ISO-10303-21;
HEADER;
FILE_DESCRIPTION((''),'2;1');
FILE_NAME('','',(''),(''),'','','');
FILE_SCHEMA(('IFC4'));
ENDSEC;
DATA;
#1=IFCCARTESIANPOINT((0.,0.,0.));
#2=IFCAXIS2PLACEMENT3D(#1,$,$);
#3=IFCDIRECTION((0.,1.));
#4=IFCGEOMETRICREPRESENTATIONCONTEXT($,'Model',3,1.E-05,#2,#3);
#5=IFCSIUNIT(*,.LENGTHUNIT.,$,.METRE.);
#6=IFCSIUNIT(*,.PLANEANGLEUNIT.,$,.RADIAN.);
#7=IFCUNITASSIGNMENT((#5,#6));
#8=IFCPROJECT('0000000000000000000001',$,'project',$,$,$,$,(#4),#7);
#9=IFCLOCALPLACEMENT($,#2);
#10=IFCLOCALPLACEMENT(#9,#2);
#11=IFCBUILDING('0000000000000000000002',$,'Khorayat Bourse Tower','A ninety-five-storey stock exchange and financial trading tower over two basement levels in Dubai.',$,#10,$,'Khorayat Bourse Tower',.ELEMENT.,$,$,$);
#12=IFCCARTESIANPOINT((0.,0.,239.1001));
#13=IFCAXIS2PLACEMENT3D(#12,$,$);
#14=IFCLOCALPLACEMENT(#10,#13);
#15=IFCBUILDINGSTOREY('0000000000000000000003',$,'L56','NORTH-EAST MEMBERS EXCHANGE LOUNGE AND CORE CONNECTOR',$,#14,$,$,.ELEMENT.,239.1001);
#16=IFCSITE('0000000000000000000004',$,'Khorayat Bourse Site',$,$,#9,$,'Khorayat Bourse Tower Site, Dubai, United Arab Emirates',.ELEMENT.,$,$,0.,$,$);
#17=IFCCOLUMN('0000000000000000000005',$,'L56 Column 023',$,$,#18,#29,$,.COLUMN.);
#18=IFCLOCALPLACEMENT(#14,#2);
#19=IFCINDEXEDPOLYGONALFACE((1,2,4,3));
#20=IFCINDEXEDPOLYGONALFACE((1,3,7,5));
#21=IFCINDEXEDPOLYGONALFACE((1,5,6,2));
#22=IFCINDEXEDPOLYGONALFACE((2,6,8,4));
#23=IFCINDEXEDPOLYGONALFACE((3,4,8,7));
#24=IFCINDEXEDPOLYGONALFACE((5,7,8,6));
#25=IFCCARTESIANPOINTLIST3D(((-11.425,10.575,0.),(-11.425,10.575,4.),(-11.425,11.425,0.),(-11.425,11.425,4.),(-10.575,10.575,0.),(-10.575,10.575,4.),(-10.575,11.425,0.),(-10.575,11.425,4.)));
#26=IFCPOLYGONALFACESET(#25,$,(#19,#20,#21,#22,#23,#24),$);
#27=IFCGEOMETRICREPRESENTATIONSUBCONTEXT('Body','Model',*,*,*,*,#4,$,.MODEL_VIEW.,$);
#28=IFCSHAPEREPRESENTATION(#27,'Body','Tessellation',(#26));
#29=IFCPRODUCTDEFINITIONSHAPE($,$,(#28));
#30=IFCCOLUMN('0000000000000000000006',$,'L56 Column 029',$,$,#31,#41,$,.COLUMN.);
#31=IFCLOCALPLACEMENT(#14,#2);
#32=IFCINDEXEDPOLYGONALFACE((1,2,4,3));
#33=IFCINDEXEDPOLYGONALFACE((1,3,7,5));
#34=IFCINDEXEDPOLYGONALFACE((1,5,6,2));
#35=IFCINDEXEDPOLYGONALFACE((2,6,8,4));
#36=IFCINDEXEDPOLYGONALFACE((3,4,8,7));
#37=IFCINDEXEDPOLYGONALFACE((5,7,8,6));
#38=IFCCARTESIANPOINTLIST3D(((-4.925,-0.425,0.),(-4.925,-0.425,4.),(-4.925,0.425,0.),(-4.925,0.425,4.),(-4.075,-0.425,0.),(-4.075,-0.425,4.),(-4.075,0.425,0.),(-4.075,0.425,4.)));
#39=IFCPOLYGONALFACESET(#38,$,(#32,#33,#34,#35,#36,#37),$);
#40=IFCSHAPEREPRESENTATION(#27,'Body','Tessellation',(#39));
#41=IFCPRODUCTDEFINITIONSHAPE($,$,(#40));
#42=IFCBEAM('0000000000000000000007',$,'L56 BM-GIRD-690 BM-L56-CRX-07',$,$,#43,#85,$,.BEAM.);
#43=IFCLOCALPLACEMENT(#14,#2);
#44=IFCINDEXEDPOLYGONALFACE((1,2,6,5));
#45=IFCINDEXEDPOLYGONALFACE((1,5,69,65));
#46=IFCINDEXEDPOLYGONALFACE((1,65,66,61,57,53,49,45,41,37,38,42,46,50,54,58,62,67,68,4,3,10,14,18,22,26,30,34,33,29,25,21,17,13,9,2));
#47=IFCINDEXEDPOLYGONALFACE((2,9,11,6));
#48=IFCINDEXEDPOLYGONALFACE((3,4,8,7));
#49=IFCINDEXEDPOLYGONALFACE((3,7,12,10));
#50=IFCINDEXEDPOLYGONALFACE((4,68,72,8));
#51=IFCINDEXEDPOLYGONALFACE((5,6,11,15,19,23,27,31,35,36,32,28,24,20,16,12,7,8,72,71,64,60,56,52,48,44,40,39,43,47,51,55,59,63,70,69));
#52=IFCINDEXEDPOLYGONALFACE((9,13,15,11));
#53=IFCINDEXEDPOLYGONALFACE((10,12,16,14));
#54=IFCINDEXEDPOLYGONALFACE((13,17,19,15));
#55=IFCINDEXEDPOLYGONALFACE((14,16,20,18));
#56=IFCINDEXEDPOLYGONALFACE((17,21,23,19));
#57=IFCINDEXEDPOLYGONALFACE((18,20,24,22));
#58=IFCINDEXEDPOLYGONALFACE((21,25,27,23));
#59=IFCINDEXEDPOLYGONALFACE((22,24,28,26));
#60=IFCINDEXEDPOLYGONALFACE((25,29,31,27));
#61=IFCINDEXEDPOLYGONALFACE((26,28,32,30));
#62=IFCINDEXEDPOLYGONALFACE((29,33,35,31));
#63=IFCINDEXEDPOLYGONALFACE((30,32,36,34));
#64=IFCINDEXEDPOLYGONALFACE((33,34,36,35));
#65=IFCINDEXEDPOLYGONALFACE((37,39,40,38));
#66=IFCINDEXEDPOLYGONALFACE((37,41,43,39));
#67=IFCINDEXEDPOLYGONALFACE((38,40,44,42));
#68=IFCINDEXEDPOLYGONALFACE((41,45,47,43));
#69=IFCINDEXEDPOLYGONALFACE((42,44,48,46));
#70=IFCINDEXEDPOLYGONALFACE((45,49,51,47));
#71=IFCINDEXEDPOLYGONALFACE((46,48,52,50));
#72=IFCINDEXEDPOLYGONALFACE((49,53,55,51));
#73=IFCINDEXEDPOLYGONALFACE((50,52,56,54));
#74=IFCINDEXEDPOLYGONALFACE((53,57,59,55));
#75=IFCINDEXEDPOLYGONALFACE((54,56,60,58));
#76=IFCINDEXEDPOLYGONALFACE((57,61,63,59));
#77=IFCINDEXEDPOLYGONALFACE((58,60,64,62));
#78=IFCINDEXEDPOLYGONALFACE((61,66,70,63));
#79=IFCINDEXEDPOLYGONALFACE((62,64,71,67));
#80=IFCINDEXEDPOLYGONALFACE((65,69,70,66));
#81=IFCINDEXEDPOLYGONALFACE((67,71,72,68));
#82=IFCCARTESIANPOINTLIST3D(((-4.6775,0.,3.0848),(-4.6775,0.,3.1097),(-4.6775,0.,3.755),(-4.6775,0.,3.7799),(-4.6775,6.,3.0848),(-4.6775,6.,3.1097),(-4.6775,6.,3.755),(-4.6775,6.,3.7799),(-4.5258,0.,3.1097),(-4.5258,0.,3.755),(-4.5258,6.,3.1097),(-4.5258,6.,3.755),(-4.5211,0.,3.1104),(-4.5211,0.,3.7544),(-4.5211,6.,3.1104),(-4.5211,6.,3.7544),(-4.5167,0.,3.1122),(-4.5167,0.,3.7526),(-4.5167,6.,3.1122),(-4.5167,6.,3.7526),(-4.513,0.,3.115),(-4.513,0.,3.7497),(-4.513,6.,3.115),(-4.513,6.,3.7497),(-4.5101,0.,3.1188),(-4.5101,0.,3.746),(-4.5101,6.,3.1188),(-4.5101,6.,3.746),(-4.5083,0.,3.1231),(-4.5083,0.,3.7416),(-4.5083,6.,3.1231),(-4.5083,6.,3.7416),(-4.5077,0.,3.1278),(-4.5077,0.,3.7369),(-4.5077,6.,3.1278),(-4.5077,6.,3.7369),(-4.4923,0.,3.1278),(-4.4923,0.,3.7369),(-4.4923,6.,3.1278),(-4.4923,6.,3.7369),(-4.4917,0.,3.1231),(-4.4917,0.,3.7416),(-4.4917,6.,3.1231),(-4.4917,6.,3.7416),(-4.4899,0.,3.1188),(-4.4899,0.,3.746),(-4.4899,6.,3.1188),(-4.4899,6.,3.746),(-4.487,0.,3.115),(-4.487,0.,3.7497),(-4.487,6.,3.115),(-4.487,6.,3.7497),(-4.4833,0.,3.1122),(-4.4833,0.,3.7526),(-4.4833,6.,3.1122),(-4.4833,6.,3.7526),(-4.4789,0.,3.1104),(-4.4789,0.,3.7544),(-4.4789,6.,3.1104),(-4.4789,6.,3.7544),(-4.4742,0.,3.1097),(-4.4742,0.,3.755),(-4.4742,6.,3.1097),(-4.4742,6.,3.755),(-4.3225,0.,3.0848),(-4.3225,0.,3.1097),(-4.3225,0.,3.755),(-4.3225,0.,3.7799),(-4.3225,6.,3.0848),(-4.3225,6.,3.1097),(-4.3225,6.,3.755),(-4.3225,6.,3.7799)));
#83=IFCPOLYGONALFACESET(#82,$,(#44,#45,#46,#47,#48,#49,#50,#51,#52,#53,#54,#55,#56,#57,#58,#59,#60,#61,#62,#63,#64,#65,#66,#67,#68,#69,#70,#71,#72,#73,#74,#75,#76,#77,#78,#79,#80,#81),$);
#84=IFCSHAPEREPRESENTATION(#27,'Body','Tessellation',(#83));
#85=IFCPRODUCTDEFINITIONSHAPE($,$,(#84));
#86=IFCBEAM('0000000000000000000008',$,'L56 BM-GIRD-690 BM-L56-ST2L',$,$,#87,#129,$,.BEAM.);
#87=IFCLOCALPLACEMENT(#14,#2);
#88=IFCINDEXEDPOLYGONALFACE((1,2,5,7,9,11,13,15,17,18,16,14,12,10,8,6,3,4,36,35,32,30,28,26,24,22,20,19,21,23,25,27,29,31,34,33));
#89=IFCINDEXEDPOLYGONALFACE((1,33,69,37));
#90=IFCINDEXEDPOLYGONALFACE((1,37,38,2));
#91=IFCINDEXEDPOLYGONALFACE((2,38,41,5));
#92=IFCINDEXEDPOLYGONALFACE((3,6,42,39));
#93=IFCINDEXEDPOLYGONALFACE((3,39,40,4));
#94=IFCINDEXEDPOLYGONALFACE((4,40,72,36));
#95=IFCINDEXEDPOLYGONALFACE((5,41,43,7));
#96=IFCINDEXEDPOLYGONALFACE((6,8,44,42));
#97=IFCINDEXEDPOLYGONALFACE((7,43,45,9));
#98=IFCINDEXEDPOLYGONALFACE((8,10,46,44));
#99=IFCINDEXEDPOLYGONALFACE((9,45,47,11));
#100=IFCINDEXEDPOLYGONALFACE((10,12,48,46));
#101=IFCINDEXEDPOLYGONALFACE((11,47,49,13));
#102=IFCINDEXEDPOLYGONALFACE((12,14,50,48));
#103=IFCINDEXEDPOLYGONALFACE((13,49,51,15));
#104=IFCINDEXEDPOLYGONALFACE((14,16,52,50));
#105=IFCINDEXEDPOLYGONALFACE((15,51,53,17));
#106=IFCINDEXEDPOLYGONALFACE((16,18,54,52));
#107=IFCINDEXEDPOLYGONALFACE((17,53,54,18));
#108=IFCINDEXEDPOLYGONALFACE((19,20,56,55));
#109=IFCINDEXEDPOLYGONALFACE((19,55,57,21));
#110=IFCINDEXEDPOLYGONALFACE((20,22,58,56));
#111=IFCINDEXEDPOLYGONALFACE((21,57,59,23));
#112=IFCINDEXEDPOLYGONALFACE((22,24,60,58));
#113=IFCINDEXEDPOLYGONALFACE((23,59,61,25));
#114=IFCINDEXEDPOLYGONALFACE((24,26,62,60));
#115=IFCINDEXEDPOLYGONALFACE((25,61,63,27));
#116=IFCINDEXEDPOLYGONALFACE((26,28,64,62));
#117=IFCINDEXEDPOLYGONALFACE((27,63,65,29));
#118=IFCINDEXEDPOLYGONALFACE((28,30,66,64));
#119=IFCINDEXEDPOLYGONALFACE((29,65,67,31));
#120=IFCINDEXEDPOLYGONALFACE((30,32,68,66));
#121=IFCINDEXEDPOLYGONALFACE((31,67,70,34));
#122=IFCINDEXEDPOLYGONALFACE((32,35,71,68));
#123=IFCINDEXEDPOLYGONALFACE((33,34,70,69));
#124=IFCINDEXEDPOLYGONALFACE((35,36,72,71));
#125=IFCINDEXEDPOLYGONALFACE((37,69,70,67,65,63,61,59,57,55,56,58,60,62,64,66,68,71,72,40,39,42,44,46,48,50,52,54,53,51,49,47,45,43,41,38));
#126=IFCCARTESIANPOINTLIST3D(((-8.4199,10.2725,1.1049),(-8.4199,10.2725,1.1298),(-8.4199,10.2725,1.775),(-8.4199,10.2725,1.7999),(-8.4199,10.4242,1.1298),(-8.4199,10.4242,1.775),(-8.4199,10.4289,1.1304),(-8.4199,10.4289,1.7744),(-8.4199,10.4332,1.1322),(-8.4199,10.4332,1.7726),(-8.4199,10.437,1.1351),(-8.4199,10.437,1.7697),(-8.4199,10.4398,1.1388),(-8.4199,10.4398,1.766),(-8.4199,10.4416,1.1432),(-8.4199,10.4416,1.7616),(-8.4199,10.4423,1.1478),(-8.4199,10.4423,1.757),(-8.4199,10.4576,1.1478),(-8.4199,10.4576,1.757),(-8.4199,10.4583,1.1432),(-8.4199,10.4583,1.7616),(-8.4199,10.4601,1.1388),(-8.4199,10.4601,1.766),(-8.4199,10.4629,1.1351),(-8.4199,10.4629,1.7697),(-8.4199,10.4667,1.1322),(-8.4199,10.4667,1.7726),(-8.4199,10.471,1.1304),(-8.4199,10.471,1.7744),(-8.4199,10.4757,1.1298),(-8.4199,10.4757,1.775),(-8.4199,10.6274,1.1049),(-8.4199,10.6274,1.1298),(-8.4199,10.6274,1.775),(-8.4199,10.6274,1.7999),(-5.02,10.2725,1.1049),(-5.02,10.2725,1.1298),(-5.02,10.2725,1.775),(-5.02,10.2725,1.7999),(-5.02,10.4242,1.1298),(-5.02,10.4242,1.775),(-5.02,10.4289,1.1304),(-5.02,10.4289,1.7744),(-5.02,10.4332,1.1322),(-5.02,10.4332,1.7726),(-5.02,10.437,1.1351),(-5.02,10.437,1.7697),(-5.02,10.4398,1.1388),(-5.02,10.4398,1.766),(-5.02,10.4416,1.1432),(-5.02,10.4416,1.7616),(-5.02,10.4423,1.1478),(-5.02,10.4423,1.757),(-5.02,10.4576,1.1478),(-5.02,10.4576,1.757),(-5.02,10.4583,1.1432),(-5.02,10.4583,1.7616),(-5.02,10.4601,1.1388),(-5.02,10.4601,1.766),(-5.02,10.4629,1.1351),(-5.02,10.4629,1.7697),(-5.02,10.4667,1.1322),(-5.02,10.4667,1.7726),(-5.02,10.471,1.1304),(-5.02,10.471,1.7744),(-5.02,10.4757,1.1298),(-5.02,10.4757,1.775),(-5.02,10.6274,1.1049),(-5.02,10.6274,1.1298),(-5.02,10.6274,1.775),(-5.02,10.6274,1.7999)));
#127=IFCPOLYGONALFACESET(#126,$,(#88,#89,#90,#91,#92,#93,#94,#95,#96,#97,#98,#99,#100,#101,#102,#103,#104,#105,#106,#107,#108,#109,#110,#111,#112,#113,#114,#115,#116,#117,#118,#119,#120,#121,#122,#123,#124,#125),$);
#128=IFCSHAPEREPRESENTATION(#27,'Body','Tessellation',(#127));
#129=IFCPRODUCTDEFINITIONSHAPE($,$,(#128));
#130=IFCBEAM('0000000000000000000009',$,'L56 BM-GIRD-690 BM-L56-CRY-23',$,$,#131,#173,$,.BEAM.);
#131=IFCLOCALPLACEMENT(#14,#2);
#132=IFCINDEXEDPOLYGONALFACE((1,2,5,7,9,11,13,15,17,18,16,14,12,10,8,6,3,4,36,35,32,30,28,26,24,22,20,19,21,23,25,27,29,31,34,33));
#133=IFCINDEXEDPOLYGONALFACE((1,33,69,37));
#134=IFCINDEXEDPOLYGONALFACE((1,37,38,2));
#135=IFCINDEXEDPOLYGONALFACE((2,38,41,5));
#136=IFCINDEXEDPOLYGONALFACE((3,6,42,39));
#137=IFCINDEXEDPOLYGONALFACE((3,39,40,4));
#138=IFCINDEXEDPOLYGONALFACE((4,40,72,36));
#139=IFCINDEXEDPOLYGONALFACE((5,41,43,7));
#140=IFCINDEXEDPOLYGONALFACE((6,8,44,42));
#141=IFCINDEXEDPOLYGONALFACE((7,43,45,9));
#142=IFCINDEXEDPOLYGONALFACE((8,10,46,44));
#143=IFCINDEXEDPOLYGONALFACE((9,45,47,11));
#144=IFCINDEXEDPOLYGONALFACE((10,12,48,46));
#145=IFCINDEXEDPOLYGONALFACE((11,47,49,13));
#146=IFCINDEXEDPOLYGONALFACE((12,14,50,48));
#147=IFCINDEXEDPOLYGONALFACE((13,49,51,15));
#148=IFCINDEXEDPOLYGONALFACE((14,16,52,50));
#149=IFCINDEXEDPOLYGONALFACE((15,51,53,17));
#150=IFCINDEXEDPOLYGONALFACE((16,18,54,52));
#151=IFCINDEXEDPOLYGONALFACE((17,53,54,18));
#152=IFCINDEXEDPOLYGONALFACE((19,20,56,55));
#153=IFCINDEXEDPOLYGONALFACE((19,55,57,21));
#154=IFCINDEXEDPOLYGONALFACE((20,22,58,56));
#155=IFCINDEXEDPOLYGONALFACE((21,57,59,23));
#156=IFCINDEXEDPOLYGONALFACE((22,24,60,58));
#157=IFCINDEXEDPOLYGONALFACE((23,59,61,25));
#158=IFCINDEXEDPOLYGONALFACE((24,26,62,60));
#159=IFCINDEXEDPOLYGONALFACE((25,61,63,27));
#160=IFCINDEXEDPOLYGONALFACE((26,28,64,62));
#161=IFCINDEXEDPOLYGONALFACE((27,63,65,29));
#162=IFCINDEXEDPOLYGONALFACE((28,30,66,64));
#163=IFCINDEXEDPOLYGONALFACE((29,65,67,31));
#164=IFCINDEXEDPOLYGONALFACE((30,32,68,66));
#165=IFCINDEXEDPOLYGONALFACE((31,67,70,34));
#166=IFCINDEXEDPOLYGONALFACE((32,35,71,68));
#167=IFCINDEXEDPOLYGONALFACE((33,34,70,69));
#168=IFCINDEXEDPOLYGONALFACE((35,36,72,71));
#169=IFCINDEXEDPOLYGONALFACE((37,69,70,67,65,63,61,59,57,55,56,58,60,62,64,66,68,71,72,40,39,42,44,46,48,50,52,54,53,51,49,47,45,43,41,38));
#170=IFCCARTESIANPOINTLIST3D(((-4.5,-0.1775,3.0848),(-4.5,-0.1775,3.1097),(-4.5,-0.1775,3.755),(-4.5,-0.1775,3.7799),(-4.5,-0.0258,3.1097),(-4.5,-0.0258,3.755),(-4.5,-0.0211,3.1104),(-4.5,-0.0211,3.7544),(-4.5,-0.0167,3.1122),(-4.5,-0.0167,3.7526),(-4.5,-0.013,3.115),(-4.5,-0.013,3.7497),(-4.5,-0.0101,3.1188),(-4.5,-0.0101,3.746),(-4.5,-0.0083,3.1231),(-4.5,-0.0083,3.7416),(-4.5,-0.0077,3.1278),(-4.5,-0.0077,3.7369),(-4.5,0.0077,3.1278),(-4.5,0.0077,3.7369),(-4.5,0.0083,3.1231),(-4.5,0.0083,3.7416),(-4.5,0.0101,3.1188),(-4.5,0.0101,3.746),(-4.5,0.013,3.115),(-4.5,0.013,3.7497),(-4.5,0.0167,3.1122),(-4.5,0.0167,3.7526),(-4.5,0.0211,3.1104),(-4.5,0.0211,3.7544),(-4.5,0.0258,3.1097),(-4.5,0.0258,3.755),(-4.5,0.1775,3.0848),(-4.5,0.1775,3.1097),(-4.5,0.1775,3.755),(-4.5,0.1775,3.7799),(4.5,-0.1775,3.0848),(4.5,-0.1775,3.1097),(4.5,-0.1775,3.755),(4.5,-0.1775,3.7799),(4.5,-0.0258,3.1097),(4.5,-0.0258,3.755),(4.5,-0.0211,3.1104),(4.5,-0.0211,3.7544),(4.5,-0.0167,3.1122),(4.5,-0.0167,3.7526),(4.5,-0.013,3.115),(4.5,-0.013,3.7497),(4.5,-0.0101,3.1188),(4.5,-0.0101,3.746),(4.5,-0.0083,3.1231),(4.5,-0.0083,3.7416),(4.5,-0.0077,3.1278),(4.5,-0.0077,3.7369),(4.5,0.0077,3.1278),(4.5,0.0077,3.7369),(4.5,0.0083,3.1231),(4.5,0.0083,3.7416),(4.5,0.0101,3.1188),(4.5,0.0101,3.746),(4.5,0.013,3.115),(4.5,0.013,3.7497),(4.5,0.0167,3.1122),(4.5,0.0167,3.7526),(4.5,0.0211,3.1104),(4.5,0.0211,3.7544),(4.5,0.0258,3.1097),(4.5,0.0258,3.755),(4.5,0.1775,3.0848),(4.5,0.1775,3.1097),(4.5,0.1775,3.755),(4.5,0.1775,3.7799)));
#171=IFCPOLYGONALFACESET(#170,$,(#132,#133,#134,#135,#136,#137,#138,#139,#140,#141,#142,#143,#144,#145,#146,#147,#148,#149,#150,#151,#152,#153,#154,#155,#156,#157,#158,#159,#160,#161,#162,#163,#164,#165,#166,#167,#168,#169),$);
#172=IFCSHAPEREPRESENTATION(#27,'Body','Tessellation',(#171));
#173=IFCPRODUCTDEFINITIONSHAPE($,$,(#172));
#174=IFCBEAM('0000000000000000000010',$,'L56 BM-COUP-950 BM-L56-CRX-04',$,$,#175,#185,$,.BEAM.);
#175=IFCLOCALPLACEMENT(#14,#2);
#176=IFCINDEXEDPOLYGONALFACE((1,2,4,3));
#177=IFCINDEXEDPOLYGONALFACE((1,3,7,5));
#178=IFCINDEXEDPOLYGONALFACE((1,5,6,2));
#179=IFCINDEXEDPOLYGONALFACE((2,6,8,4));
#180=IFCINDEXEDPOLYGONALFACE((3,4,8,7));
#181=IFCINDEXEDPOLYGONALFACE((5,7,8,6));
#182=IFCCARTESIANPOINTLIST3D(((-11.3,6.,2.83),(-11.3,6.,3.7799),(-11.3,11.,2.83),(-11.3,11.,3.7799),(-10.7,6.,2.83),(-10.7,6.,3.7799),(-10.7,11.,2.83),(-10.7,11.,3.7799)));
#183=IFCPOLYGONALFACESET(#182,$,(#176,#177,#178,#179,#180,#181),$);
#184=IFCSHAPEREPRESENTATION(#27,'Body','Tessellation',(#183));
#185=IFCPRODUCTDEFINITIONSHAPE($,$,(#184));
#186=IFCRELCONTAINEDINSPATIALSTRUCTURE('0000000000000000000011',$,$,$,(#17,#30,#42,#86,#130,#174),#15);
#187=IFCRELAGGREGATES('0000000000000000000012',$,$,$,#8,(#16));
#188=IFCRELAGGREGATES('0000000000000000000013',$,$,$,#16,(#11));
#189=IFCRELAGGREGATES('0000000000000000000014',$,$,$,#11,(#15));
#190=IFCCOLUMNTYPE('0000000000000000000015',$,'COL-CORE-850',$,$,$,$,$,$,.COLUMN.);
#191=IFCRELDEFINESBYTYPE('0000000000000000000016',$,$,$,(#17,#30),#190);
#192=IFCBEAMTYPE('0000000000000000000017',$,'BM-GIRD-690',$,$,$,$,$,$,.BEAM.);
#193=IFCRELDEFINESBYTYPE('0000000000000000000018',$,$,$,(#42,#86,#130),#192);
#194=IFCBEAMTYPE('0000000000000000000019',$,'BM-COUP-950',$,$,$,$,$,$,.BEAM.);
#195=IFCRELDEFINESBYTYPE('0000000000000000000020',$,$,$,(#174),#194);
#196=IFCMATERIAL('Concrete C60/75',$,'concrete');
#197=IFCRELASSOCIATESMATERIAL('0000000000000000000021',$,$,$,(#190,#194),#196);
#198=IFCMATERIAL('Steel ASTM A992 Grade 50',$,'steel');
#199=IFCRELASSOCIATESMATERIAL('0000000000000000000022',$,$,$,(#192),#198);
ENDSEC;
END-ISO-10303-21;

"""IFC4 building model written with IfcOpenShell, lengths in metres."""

from ifc_helpers import new_model, si_unit, direction, frame, origin, origin_2d, place, context, subcontext, project, spatial, rectangle, i_section, extrude, source, transform, mapped, material, material_profile, profile_set, type_object, element, save


model = new_model("IFC4")

# Units and contexts
model_context = context("Model", 3, precision=1e-05, world=origin(), true_north=direction((0.0, 1.0)))
body_context = subcontext(model_context, "Body", "Model", "MODEL_VIEW")
ifc_project = project(units=[si_unit("LENGTHUNIT", "METRE"), si_unit("PLANEANGLEUNIT", "RADIAN")], contexts=[model_context])

# Site, building, storey
site_placement = place(None, origin())
site = spatial("IfcSite", under=ifc_project, at=site_placement, Name="Khorayat Bourse Site", LongName="Khorayat Bourse Tower Site, Dubai, United Arab Emirates", CompositionType="ELEMENT", RefElevation=0.0)
building_placement = place(site_placement, origin())
building = spatial("IfcBuilding", under=site, at=building_placement, Name="Khorayat Bourse Tower", Description="A ninety-five-storey stock exchange and financial trading tower over two basement levels in Dubai.", LongName="Khorayat Bourse Tower", CompositionType="ELEMENT")
storey_placement = place(building_placement, frame((0.0, 0.0, 239.1001)))
storey = spatial("IfcBuildingStorey", under=building, at=storey_placement, Name="L56", Description="NORTH-EAST MEMBERS EXCHANGE LOUNGE AND CORE CONNECTOR", CompositionType="ELEMENT", Elevation=239.1001)

# Columns
ifc_material_1 = material(Name="Concrete C60/75", Category="concrete")
ifc_material_profile_1 = material_profile(ifc_material_1, rectangle(XDim=0.8501, YDim=0.8501, at=origin_2d()), Name="RC 850x850")
ifc_profile_set_1 = profile_set([ifc_material_profile_1], Name="Concrete C60/75")
column_type = type_object("IfcColumnType", Name="COL-CORE-850", PredefinedType="COLUMN", material=ifc_profile_set_1)
shared_shape_1 = source(origin(), body_context, "Body", "SweptSolid", [
    extrude(rectangle(XDim=0.8501, YDim=0.8501, at=origin_2d()), origin(), (0.0, 0.0, 1.0), 4.0),
])
for number, where, z_axis, x_axis, name in (
    (1, (-11.0, 11.0, 0.0), (0.0, 0.0, 1.0), (1.0, 0.0, 0.0), "L56 Column 023"),
    (2, (-4.5, 0.0, 0.0), (0.0, 0.0, 1.0), (1.0, 0.0, 0.0), "L56 Column 029"),
):
    element("IfcColumn", number, at=place(storey_placement, frame(where, z_axis=z_axis, x_axis=x_axis)), inside=storey, type_object=column_type, Name=name, PredefinedType="COLUMN", context=body_context, shape_type="MappedRepresentation", body=[
        mapped(shared_shape_1, transform((0.0, 0.0, 0.0), scale=1.0)),
    ])

# Beams
ifc_material_2 = material(Name="Steel ASTM A992 Grade 50", Category="steel")
ifc_material_profile_2 = material_profile(ifc_material_2, i_section(OverallWidth=0.355, OverallDepth=0.6951, WebThickness=0.0154, FlangeThickness=0.0249, FilletRadius=0.0181, at=origin_2d()), Name="W690X217")
ifc_profile_set_2 = profile_set([ifc_material_profile_2], Name="Steel ASTM A992 Grade 50")
beam_type_1 = type_object("IfcBeamType", Name="BM-GIRD-690", PredefinedType="BEAM", material=ifc_profile_set_2)
shared_shape_2 = source(origin(), body_context, "Body", "SweptSolid", [
    extrude(i_section(OverallWidth=0.355, OverallDepth=0.6951, WebThickness=0.0154, FlangeThickness=0.0249, FilletRadius=0.0181, at=origin_2d()), origin(), (0.0, 0.0, 1.0), 6.0),
])
beam_1_placement = place(storey_placement, frame((-4.5, 0.0, 3.4324), z_axis=(0.0, 1.0, 0.0), x_axis=(-1.0, 0.0, 0.0)))
element("IfcBeam", 3, at=beam_1_placement, inside=storey, type_object=beam_type_1, Name="L56 BM-GIRD-690 BM-L56-CRX-07", PredefinedType="BEAM", context=body_context, shape_type="MappedRepresentation", body=[
    mapped(shared_shape_2, transform((0.0, 0.0, 0.0), scale=1.0)),
])
shared_shape_3 = source(origin(), body_context, "Body", "SweptSolid", [
    extrude(i_section(OverallWidth=0.355, OverallDepth=0.6951, WebThickness=0.0154, FlangeThickness=0.0249, FilletRadius=0.0181, at=origin_2d()), origin(), (0.0, 0.0, 1.0), 3.3999),
])
beam_2_placement = place(storey_placement, frame((-8.4199, 10.45, 1.4524), z_axis=(1.0, 0.0, 0.0), x_axis=(0.0, 1.0, 0.0)))
element("IfcBeam", 4, at=beam_2_placement, inside=storey, type_object=beam_type_1, Name="L56 BM-GIRD-690 BM-L56-ST2L", PredefinedType="BEAM", context=body_context, shape_type="MappedRepresentation", body=[
    mapped(shared_shape_3, transform((0.0, 0.0, 0.0), scale=1.0)),
])
shared_shape_4 = source(origin(), body_context, "Body", "SweptSolid", [
    extrude(i_section(OverallWidth=0.355, OverallDepth=0.6951, WebThickness=0.0154, FlangeThickness=0.0249, FilletRadius=0.0181, at=origin_2d()), origin(), (0.0, 0.0, 1.0), 9.0),
])
beam_3_placement = place(storey_placement, frame((-4.5, 0.0, 3.4324), z_axis=(1.0, 0.0, 0.0), x_axis=(0.0, 1.0, 0.0)))
element("IfcBeam", 5, at=beam_3_placement, inside=storey, type_object=beam_type_1, Name="L56 BM-GIRD-690 BM-L56-CRY-23", PredefinedType="BEAM", context=body_context, shape_type="MappedRepresentation", body=[
    mapped(shared_shape_4, transform((0.0, 0.0, 0.0), scale=1.0)),
])
ifc_material_profile_3 = material_profile(ifc_material_1, rectangle(XDim=0.6001, YDim=0.95, at=origin_2d()), Name="RC 600x950")
ifc_profile_set_3 = profile_set([ifc_material_profile_3], Name="Concrete C60/75")
beam_type_2 = type_object("IfcBeamType", Name="BM-COUP-950", PredefinedType="BEAM", material=ifc_profile_set_3)
shared_shape_5 = source(origin(), body_context, "Body", "SweptSolid", [
    extrude(rectangle(XDim=0.6001, YDim=0.95, at=origin_2d()), origin(), (0.0, 0.0, 1.0), 5.0),
])
beam_4_placement = place(storey_placement, frame((-11.0, 6.0, 3.3049), z_axis=(0.0, 1.0, 0.0), x_axis=(-1.0, 0.0, 0.0)))
element("IfcBeam", 6, at=beam_4_placement, inside=storey, type_object=beam_type_2, Name="L56 BM-COUP-950 BM-L56-CRX-04", PredefinedType="BEAM", context=body_context, shape_type="MappedRepresentation", body=[
    mapped(shared_shape_5, transform((0.0, 0.0, 0.0), scale=1.0)),
])

save(model, "model.ifc")
